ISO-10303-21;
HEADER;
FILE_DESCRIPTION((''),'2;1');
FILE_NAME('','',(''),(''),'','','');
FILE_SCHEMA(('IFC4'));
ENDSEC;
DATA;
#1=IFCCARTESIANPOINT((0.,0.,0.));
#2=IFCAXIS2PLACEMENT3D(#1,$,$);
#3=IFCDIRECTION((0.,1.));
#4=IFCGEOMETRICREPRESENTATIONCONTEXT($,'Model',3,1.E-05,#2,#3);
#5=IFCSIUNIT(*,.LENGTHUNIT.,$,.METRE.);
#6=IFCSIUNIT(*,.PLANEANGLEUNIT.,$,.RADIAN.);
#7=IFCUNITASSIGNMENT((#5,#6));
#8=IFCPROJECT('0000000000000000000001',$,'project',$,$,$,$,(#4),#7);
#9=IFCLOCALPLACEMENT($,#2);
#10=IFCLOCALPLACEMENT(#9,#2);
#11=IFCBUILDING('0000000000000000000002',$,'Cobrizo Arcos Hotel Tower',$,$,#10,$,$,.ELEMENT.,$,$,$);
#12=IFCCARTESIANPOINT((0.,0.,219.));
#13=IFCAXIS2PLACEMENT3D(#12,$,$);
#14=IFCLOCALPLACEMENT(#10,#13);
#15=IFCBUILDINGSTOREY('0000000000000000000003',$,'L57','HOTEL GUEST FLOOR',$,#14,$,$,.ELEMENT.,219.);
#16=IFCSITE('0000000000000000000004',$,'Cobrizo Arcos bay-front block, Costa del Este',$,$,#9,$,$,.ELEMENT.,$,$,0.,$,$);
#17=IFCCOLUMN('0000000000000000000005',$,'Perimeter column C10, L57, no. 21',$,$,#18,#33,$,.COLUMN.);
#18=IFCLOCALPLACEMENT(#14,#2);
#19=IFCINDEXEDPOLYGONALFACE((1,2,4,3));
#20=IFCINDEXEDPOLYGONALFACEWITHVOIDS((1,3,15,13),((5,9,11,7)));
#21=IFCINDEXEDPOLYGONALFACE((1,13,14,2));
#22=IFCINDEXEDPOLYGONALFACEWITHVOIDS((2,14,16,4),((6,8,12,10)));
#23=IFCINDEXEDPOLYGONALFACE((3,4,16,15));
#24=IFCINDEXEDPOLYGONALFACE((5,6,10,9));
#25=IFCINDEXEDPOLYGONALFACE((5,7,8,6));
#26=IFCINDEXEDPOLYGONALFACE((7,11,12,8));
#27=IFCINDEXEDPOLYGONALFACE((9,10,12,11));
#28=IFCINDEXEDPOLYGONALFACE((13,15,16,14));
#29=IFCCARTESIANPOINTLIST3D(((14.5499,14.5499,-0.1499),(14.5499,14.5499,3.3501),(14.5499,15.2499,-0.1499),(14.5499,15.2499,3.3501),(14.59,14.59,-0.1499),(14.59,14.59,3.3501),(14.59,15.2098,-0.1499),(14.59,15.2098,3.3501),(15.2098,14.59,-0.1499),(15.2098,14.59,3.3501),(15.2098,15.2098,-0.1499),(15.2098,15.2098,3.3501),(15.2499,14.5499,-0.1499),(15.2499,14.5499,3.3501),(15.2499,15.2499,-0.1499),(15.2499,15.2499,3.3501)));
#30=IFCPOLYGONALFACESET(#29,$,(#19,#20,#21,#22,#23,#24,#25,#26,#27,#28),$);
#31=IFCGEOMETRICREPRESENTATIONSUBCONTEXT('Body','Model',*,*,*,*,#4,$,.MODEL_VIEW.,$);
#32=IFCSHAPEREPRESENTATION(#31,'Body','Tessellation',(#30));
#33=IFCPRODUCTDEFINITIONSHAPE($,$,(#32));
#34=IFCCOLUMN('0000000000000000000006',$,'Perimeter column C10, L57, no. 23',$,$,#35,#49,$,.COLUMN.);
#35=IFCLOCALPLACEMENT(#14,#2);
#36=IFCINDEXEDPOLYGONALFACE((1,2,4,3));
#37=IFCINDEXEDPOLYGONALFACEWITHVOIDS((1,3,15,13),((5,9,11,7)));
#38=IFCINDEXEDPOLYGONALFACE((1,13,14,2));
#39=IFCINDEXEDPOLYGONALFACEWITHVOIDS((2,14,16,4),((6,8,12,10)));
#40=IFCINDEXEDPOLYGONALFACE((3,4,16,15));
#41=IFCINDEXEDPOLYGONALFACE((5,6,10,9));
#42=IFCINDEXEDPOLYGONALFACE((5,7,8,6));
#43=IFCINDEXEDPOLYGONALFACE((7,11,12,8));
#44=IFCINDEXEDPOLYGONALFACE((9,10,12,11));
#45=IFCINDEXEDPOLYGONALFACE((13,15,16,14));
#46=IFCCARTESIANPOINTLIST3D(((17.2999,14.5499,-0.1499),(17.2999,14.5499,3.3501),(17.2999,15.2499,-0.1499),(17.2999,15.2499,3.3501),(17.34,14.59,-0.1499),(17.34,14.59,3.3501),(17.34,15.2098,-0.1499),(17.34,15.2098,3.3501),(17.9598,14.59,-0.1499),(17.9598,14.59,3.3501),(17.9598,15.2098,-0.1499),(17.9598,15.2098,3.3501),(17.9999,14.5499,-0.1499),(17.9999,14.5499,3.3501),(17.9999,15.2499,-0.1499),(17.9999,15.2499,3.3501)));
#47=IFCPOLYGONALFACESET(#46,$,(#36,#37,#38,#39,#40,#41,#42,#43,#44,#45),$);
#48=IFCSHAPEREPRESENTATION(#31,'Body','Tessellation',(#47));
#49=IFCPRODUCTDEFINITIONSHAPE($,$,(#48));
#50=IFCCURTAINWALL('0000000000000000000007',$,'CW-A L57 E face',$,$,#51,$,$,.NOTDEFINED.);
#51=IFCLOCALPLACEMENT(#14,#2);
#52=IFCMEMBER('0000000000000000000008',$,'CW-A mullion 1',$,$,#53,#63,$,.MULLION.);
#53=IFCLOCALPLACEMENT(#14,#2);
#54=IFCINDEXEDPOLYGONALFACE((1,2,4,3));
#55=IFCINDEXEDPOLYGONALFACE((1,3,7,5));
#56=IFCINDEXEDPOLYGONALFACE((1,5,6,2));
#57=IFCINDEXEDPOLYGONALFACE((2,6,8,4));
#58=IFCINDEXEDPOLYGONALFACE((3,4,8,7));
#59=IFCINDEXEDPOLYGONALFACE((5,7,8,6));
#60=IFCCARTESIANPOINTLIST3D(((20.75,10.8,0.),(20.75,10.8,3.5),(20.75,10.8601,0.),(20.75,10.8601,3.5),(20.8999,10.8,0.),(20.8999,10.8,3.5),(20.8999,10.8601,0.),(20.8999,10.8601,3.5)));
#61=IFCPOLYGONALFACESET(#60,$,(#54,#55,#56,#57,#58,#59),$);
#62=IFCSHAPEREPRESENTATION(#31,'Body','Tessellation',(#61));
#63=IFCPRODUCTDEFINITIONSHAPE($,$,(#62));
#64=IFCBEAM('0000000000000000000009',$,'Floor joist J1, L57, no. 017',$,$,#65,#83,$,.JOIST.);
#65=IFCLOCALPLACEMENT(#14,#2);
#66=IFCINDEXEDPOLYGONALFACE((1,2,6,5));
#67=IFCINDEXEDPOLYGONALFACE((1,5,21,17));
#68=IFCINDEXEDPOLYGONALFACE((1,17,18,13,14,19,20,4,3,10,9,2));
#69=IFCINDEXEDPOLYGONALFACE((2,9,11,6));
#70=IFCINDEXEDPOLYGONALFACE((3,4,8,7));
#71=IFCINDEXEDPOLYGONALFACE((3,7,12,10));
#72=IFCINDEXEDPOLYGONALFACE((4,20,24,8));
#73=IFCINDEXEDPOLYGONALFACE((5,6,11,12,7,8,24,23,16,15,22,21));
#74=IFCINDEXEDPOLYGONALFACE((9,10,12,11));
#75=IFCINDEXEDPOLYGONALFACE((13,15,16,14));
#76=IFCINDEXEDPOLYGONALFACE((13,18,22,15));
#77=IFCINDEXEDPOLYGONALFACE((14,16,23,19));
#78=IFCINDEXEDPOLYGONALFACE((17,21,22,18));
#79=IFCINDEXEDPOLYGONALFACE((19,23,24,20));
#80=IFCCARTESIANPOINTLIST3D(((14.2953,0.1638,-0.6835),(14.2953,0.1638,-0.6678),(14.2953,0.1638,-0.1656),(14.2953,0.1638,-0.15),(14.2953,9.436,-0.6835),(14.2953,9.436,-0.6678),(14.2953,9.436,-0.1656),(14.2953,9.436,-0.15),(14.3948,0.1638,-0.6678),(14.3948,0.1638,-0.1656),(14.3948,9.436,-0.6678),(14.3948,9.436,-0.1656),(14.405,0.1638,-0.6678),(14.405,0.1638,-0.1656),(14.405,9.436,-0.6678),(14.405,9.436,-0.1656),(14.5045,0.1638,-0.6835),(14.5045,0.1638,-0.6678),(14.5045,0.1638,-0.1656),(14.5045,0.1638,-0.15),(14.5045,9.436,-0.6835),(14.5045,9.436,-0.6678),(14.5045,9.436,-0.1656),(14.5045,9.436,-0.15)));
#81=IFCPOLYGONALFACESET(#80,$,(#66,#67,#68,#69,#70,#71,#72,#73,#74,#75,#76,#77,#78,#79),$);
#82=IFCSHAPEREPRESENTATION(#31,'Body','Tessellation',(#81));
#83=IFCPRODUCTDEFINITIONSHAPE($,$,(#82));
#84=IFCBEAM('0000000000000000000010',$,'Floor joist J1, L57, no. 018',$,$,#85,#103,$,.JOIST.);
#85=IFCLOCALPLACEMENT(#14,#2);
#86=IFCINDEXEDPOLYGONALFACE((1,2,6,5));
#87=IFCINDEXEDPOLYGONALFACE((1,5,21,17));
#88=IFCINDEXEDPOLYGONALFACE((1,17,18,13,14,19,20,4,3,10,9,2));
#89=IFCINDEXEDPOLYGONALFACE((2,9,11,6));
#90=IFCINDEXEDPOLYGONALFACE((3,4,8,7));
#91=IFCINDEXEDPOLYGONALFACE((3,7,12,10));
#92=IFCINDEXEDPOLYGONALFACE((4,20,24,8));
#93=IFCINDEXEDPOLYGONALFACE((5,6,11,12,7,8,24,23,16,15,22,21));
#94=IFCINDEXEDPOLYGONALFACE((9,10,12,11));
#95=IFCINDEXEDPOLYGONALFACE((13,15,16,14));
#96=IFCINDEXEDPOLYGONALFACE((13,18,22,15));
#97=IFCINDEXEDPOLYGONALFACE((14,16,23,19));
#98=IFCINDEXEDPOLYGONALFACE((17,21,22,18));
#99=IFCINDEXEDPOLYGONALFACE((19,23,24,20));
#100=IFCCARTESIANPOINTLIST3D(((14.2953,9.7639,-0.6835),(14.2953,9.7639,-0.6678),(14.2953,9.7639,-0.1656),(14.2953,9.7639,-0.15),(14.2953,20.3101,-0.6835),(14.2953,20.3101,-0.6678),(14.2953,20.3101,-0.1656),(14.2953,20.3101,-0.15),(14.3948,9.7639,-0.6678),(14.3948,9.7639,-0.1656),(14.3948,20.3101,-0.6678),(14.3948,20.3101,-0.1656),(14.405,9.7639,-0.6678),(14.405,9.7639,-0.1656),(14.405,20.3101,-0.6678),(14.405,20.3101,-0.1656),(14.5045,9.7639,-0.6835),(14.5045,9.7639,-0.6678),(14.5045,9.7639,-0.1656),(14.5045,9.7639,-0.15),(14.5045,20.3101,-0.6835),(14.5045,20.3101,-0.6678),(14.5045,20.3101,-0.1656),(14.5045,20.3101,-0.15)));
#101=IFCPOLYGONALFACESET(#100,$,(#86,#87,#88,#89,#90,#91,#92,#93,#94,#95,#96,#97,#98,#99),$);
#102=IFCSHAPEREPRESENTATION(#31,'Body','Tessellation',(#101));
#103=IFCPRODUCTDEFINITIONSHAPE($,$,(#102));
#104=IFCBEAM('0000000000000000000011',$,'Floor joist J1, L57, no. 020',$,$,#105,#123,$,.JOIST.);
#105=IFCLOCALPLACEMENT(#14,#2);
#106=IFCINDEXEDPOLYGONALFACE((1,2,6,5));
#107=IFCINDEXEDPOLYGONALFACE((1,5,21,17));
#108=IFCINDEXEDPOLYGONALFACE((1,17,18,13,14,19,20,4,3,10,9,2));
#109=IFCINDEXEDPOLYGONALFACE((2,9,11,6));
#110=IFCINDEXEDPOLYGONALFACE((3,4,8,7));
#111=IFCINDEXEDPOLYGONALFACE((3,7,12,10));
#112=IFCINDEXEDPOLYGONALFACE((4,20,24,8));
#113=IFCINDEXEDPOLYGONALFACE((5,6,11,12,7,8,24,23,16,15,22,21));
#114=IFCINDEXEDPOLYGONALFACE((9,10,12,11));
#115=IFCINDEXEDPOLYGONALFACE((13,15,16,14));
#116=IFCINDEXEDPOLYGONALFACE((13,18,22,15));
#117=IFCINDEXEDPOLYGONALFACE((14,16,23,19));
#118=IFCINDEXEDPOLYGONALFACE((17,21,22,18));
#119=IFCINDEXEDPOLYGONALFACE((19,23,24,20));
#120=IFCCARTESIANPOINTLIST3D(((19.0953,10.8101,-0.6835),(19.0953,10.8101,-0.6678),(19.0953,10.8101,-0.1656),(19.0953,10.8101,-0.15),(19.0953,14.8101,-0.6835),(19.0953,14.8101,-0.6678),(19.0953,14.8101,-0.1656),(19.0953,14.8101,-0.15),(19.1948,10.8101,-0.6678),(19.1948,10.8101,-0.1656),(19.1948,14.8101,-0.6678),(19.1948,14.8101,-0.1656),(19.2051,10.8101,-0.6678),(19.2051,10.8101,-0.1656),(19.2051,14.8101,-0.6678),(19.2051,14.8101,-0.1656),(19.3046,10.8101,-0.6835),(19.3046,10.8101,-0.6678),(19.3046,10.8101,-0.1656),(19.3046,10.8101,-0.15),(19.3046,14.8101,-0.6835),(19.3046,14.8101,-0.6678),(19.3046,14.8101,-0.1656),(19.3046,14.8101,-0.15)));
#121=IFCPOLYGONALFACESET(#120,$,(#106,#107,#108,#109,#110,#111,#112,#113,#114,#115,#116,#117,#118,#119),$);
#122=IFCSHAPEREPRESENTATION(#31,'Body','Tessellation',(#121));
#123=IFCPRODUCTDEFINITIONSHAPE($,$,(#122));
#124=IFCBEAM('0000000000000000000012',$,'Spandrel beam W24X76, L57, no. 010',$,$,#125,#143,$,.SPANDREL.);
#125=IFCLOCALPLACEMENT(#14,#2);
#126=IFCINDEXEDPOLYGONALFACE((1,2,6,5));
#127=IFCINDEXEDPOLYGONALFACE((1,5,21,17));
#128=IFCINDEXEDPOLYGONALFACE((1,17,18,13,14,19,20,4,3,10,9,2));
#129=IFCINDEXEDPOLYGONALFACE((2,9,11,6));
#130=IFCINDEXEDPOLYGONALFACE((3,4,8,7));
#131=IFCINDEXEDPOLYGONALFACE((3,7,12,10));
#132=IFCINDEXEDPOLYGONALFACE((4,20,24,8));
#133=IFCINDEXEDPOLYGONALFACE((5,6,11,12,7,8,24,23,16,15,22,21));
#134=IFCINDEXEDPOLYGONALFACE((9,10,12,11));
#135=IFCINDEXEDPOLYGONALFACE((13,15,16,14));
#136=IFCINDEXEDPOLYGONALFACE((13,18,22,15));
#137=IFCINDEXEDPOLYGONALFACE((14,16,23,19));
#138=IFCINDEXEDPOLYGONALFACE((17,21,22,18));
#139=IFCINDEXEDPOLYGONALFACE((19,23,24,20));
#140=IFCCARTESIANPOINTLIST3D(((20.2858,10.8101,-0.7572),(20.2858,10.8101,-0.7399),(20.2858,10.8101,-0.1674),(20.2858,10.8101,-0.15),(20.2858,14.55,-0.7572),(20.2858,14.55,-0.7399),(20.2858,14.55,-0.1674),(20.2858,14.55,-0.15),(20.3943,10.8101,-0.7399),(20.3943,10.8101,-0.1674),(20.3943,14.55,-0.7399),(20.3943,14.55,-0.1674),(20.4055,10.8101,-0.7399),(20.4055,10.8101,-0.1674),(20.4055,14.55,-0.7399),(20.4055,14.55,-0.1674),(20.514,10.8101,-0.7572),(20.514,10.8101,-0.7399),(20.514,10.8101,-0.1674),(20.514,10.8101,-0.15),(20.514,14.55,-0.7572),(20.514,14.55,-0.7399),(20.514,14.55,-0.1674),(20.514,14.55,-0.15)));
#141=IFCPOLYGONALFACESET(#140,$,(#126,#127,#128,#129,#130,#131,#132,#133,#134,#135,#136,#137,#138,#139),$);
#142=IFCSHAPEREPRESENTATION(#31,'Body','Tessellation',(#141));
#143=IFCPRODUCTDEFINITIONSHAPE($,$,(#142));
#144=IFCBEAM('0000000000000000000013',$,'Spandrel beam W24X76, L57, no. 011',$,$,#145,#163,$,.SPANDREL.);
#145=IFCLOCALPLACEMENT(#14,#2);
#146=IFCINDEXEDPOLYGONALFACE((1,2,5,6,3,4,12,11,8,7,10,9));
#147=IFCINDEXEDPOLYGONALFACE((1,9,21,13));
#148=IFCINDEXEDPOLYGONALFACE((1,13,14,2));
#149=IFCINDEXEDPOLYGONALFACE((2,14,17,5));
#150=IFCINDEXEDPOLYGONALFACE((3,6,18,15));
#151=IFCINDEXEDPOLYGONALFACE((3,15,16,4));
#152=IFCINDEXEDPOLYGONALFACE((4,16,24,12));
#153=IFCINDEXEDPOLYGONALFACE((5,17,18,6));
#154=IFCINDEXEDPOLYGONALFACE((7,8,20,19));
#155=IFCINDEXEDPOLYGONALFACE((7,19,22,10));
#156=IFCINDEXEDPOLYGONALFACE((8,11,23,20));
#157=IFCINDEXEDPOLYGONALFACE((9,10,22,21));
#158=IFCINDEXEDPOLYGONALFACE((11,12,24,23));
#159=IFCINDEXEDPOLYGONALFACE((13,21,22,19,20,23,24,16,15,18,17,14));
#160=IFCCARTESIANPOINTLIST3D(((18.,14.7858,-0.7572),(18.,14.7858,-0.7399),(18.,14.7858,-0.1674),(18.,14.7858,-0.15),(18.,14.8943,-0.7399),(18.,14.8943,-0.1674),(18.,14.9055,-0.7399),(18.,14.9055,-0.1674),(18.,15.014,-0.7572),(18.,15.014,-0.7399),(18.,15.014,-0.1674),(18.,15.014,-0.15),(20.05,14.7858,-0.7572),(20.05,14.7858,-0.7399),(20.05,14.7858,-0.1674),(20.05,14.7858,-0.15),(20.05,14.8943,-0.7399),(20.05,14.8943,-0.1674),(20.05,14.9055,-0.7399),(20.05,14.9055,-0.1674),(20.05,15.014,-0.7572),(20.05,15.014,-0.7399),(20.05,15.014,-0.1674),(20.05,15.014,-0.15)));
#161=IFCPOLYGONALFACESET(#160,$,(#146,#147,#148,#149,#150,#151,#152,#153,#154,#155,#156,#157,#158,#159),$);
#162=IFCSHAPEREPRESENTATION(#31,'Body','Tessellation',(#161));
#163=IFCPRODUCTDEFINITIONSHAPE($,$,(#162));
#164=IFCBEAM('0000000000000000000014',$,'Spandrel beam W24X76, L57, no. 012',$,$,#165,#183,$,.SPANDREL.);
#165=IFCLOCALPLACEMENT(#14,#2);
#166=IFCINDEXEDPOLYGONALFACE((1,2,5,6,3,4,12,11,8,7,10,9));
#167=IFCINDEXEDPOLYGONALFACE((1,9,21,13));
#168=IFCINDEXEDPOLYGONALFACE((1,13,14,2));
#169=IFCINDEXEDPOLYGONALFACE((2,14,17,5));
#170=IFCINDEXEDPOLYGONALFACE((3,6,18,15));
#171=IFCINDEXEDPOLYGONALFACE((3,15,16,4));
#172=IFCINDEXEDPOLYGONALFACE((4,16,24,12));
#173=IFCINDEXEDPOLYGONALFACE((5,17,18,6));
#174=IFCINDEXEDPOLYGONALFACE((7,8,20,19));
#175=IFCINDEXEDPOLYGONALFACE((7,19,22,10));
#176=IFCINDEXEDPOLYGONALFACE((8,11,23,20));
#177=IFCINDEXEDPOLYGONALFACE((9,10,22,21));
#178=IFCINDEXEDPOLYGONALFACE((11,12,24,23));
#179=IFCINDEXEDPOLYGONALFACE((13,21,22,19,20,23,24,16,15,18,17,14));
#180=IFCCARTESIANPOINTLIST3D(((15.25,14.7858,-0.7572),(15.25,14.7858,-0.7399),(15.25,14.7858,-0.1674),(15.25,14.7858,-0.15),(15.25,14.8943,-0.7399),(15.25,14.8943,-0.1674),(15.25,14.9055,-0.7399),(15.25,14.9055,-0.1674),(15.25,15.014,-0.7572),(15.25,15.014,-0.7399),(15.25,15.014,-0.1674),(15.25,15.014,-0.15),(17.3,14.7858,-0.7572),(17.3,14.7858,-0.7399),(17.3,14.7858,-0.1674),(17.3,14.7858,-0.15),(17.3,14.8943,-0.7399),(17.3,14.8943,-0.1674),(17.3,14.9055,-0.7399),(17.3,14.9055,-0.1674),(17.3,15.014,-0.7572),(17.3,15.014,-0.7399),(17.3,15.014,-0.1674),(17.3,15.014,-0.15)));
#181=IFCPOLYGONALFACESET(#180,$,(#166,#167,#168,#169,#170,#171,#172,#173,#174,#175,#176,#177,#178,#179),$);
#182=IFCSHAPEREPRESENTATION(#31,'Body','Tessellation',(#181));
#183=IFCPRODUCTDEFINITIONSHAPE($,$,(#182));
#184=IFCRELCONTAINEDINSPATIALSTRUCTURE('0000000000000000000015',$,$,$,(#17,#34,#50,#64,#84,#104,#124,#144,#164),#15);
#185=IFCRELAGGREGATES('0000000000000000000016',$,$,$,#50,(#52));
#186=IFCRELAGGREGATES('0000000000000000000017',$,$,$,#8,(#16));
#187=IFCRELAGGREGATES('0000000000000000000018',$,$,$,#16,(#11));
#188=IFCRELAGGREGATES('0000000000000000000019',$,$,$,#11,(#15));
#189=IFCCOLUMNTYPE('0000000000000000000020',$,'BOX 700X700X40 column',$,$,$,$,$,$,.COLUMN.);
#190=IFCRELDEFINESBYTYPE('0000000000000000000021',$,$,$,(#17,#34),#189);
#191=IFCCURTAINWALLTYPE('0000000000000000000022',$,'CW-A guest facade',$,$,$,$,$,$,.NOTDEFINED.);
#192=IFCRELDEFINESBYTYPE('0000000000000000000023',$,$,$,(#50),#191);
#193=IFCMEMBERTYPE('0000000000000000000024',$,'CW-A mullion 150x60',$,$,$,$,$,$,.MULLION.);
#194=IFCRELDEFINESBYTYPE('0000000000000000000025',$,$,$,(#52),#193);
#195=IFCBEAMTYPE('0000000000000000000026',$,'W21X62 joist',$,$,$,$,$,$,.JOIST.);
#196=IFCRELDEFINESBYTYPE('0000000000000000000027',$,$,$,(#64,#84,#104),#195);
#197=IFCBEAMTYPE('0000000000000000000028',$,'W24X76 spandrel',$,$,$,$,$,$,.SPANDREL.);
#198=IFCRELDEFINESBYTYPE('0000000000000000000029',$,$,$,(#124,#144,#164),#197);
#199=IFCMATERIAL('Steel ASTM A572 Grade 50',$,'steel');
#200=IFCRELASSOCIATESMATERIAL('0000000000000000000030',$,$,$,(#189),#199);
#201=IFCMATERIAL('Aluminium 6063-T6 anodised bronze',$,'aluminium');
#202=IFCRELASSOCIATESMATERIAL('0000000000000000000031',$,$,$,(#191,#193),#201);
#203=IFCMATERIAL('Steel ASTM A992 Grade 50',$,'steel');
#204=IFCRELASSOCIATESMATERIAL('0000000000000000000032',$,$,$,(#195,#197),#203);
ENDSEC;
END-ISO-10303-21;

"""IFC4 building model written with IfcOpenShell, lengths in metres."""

from ifc_helpers import new_model, si_unit, direction, frame, origin, origin_2d, place, context, subcontext, project, spatial, rectangle, hollow_rectangle, i_section, extrude, material, material_profile, profile_set, type_object, element, aggregate, save


model = new_model("IFC4")

# Units and contexts
model_context = context("Model", 3, precision=1e-05, world=origin(), true_north=direction((0.0, 1.0)))
body_context = subcontext(model_context, "Body", "Model", "MODEL_VIEW")
ifc_project = project(units=[si_unit("LENGTHUNIT", "METRE"), si_unit("PLANEANGLEUNIT", "RADIAN")], contexts=[model_context])

# Site, building, storey
site_placement = place(None, origin())
site = spatial("IfcSite", under=ifc_project, at=site_placement, Name="Cobrizo Arcos bay-front block, Costa del Este", CompositionType="ELEMENT", RefElevation=0.0)
building_placement = place(site_placement, origin())
building = spatial("IfcBuilding", under=site, at=building_placement, Name="Cobrizo Arcos Hotel Tower", CompositionType="ELEMENT")
storey_placement = place(building_placement, frame((0.0, 0.0, 219.0)))
storey = spatial("IfcBuildingStorey", under=building, at=storey_placement, Name="L57", Description="HOTEL GUEST FLOOR", CompositionType="ELEMENT", Elevation=219.0)

# Columns
ifc_material_1 = material(Name="Steel ASTM A572 Grade 50", Category="steel")
ifc_material_profile_1 = material_profile(ifc_material_1, hollow_rectangle(XDim=0.7, YDim=0.7, WallThickness=0.04, at=origin_2d()), Name="BOX 700X700X40")
ifc_profile_set_1 = profile_set([ifc_material_profile_1], Name="Steel ASTM A572 Grade 50")
column_type = type_object("IfcColumnType", Name="BOX 700X700X40 column", PredefinedType="COLUMN", material=ifc_profile_set_1)
for number, where, z_axis, x_axis, name in (
    (1, (14.8999, 14.8999, -0.1499), (0.0, 0.0, 1.0), (1.0, 0.0, 0.0), "Perimeter column C10, L57, no. 21"),
    (2, (17.6499, 14.8999, -0.1499), (0.0, 0.0, 1.0), (1.0, 0.0, 0.0), "Perimeter column C10, L57, no. 23"),
):
    element("IfcColumn", number, at=place(storey_placement, frame(where, z_axis=z_axis, x_axis=x_axis)), inside=storey, type_object=column_type, Name=name, PredefinedType="COLUMN", context=body_context, shape_type="SweptSolid", body=[
        extrude(hollow_rectangle(XDim=0.7, YDim=0.7, WallThickness=0.04, at=origin_2d()), origin(), (0.0, 0.0, 1.0), 3.5),
    ])

# Curtain wall, member
ifc_material_2 = material(Name="Aluminium 6063-T6 anodised bronze", Category="aluminium")
curtain_wall_type = type_object("IfcCurtainWallType", Name="CW-A guest facade", PredefinedType="NOTDEFINED", material=ifc_material_2)
curtain_wall_placement = place(storey_placement, origin())
curtain_wall = element("IfcCurtainWall", 3, at=curtain_wall_placement, inside=storey, type_object=curtain_wall_type, Name="CW-A L57 E face", PredefinedType="NOTDEFINED")
ifc_material_profile_2 = material_profile(ifc_material_2, rectangle(XDim=0.1499, YDim=0.0601, at=origin_2d()), Name="CW-A mullion 150x60")
ifc_profile_set_2 = profile_set([ifc_material_profile_2], Name="Aluminium 6063-T6 anodised bronze")
member_type = type_object("IfcMemberType", Name="CW-A mullion 150x60", PredefinedType="MULLION", material=ifc_profile_set_2)
member_placement = place(storey_placement, frame((20.825, 10.8301, 0.0), z_axis=(0.0, 0.0, 1.0), x_axis=(1.0, 0.0, 0.0)))
member = element("IfcMember", 4, at=member_placement, type_object=member_type, Name="CW-A mullion 1", PredefinedType="MULLION", context=body_context, shape_type="SweptSolid", body=[
    extrude(rectangle(XDim=0.1499, YDim=0.0601, at=origin_2d()), origin(), (0.0, 0.0, 1.0), 3.5),
])

# Beams
ifc_material_3 = material(Name="Steel ASTM A992 Grade 50", Category="steel")
ifc_material_profile_3 = material_profile(ifc_material_3, i_section(OverallWidth=0.2092, OverallDepth=0.5334, WebThickness=0.0103, FlangeThickness=0.0156, at=origin_2d()), Name="W21X62")
ifc_profile_set_3 = profile_set([ifc_material_profile_3], Name="Steel ASTM A992 Grade 50")
beam_type_1 = type_object("IfcBeamType", Name="W21X62 joist", PredefinedType="JOIST", material=ifc_profile_set_3)
beam_1_placement = place(storey_placement, frame((14.3999, 0.1638, -0.4167), z_axis=(0.0, 1.0, 0.0), x_axis=(-1.0, 0.0, 0.0)))
element("IfcBeam", 5, at=beam_1_placement, inside=storey, type_object=beam_type_1, Name="Floor joist J1, L57, no. 017", PredefinedType="JOIST", context=body_context, shape_type="SweptSolid", body=[
    extrude(i_section(OverallWidth=0.2092, OverallDepth=0.5334, WebThickness=0.0103, FlangeThickness=0.0156, at=origin_2d()), origin(), (0.0, 0.0, 1.0), 9.2722),
])
beam_2_placement = place(storey_placement, frame((14.3999, 9.7639, -0.4167), z_axis=(0.0, 1.0, 0.0), x_axis=(-1.0, 0.0, 0.0)))
element("IfcBeam", 6, at=beam_2_placement, inside=storey, type_object=beam_type_1, Name="Floor joist J1, L57, no. 018", PredefinedType="JOIST", context=body_context, shape_type="SweptSolid", body=[
    extrude(i_section(OverallWidth=0.2092, OverallDepth=0.5334, WebThickness=0.0103, FlangeThickness=0.0156, at=origin_2d()), origin(), (0.0, 0.0, 1.0), 10.5461),
])
beam_3_placement = place(storey_placement, frame((19.2, 10.8101, -0.4167), z_axis=(0.0, 1.0, 0.0), x_axis=(-1.0, 0.0, 0.0)))
element("IfcBeam", 7, at=beam_3_placement, inside=storey, type_object=beam_type_1, Name="Floor joist J1, L57, no. 020", PredefinedType="JOIST", context=body_context, shape_type="SweptSolid", body=[
    extrude(i_section(OverallWidth=0.2092, OverallDepth=0.5334, WebThickness=0.0103, FlangeThickness=0.0156, at=origin_2d()), origin(), (0.0, 0.0, 1.0), 4.0),
])
ifc_material_profile_4 = material_profile(ifc_material_3, i_section(OverallWidth=0.2283, OverallDepth=0.6072, WebThickness=0.0112, FlangeThickness=0.0173, at=origin_2d()), Name="W24X76")
ifc_profile_set_4 = profile_set([ifc_material_profile_4], Name="Steel ASTM A992 Grade 50")
beam_type_2 = type_object("IfcBeamType", Name="W24X76 spandrel", PredefinedType="SPANDREL", material=ifc_profile_set_4)
beam_4_placement = place(storey_placement, frame((20.3999, 10.8101, -0.4536), z_axis=(0.0, 1.0, 0.0), x_axis=(-1.0, 0.0, 0.0)))
element("IfcBeam", 8, at=beam_4_placement, inside=storey, type_object=beam_type_2, Name="Spandrel beam W24X76, L57, no. 010", PredefinedType="SPANDREL", context=body_context, shape_type="SweptSolid", body=[
    extrude(i_section(OverallWidth=0.2283, OverallDepth=0.6072, WebThickness=0.0112, FlangeThickness=0.0173, at=origin_2d()), origin(), (0.0, 0.0, 1.0), 3.74),
])
for number, where, z_axis, x_axis, name in (
    (9, (20.05, 14.8999, -0.4536), (-1.0, 0.0, 0.0), (0.0, -1.0, 0.0), "Spandrel beam W24X76, L57, no. 011"),
    (10, (17.3, 14.8999, -0.4536), (-1.0, 0.0, 0.0), (0.0, -1.0, 0.0), "Spandrel beam W24X76, L57, no. 012"),
):
    element("IfcBeam", number, at=place(storey_placement, frame(where, z_axis=z_axis, x_axis=x_axis)), inside=storey, type_object=beam_type_2, Name=name, PredefinedType="SPANDREL", context=body_context, shape_type="SweptSolid", body=[
        extrude(i_section(OverallWidth=0.2283, OverallDepth=0.6072, WebThickness=0.0112, FlangeThickness=0.0173, at=origin_2d()), origin(), (0.0, 0.0, 1.0), 2.05),
    ])

aggregate(curtain_wall, [member])

save(model, "model.ifc")
